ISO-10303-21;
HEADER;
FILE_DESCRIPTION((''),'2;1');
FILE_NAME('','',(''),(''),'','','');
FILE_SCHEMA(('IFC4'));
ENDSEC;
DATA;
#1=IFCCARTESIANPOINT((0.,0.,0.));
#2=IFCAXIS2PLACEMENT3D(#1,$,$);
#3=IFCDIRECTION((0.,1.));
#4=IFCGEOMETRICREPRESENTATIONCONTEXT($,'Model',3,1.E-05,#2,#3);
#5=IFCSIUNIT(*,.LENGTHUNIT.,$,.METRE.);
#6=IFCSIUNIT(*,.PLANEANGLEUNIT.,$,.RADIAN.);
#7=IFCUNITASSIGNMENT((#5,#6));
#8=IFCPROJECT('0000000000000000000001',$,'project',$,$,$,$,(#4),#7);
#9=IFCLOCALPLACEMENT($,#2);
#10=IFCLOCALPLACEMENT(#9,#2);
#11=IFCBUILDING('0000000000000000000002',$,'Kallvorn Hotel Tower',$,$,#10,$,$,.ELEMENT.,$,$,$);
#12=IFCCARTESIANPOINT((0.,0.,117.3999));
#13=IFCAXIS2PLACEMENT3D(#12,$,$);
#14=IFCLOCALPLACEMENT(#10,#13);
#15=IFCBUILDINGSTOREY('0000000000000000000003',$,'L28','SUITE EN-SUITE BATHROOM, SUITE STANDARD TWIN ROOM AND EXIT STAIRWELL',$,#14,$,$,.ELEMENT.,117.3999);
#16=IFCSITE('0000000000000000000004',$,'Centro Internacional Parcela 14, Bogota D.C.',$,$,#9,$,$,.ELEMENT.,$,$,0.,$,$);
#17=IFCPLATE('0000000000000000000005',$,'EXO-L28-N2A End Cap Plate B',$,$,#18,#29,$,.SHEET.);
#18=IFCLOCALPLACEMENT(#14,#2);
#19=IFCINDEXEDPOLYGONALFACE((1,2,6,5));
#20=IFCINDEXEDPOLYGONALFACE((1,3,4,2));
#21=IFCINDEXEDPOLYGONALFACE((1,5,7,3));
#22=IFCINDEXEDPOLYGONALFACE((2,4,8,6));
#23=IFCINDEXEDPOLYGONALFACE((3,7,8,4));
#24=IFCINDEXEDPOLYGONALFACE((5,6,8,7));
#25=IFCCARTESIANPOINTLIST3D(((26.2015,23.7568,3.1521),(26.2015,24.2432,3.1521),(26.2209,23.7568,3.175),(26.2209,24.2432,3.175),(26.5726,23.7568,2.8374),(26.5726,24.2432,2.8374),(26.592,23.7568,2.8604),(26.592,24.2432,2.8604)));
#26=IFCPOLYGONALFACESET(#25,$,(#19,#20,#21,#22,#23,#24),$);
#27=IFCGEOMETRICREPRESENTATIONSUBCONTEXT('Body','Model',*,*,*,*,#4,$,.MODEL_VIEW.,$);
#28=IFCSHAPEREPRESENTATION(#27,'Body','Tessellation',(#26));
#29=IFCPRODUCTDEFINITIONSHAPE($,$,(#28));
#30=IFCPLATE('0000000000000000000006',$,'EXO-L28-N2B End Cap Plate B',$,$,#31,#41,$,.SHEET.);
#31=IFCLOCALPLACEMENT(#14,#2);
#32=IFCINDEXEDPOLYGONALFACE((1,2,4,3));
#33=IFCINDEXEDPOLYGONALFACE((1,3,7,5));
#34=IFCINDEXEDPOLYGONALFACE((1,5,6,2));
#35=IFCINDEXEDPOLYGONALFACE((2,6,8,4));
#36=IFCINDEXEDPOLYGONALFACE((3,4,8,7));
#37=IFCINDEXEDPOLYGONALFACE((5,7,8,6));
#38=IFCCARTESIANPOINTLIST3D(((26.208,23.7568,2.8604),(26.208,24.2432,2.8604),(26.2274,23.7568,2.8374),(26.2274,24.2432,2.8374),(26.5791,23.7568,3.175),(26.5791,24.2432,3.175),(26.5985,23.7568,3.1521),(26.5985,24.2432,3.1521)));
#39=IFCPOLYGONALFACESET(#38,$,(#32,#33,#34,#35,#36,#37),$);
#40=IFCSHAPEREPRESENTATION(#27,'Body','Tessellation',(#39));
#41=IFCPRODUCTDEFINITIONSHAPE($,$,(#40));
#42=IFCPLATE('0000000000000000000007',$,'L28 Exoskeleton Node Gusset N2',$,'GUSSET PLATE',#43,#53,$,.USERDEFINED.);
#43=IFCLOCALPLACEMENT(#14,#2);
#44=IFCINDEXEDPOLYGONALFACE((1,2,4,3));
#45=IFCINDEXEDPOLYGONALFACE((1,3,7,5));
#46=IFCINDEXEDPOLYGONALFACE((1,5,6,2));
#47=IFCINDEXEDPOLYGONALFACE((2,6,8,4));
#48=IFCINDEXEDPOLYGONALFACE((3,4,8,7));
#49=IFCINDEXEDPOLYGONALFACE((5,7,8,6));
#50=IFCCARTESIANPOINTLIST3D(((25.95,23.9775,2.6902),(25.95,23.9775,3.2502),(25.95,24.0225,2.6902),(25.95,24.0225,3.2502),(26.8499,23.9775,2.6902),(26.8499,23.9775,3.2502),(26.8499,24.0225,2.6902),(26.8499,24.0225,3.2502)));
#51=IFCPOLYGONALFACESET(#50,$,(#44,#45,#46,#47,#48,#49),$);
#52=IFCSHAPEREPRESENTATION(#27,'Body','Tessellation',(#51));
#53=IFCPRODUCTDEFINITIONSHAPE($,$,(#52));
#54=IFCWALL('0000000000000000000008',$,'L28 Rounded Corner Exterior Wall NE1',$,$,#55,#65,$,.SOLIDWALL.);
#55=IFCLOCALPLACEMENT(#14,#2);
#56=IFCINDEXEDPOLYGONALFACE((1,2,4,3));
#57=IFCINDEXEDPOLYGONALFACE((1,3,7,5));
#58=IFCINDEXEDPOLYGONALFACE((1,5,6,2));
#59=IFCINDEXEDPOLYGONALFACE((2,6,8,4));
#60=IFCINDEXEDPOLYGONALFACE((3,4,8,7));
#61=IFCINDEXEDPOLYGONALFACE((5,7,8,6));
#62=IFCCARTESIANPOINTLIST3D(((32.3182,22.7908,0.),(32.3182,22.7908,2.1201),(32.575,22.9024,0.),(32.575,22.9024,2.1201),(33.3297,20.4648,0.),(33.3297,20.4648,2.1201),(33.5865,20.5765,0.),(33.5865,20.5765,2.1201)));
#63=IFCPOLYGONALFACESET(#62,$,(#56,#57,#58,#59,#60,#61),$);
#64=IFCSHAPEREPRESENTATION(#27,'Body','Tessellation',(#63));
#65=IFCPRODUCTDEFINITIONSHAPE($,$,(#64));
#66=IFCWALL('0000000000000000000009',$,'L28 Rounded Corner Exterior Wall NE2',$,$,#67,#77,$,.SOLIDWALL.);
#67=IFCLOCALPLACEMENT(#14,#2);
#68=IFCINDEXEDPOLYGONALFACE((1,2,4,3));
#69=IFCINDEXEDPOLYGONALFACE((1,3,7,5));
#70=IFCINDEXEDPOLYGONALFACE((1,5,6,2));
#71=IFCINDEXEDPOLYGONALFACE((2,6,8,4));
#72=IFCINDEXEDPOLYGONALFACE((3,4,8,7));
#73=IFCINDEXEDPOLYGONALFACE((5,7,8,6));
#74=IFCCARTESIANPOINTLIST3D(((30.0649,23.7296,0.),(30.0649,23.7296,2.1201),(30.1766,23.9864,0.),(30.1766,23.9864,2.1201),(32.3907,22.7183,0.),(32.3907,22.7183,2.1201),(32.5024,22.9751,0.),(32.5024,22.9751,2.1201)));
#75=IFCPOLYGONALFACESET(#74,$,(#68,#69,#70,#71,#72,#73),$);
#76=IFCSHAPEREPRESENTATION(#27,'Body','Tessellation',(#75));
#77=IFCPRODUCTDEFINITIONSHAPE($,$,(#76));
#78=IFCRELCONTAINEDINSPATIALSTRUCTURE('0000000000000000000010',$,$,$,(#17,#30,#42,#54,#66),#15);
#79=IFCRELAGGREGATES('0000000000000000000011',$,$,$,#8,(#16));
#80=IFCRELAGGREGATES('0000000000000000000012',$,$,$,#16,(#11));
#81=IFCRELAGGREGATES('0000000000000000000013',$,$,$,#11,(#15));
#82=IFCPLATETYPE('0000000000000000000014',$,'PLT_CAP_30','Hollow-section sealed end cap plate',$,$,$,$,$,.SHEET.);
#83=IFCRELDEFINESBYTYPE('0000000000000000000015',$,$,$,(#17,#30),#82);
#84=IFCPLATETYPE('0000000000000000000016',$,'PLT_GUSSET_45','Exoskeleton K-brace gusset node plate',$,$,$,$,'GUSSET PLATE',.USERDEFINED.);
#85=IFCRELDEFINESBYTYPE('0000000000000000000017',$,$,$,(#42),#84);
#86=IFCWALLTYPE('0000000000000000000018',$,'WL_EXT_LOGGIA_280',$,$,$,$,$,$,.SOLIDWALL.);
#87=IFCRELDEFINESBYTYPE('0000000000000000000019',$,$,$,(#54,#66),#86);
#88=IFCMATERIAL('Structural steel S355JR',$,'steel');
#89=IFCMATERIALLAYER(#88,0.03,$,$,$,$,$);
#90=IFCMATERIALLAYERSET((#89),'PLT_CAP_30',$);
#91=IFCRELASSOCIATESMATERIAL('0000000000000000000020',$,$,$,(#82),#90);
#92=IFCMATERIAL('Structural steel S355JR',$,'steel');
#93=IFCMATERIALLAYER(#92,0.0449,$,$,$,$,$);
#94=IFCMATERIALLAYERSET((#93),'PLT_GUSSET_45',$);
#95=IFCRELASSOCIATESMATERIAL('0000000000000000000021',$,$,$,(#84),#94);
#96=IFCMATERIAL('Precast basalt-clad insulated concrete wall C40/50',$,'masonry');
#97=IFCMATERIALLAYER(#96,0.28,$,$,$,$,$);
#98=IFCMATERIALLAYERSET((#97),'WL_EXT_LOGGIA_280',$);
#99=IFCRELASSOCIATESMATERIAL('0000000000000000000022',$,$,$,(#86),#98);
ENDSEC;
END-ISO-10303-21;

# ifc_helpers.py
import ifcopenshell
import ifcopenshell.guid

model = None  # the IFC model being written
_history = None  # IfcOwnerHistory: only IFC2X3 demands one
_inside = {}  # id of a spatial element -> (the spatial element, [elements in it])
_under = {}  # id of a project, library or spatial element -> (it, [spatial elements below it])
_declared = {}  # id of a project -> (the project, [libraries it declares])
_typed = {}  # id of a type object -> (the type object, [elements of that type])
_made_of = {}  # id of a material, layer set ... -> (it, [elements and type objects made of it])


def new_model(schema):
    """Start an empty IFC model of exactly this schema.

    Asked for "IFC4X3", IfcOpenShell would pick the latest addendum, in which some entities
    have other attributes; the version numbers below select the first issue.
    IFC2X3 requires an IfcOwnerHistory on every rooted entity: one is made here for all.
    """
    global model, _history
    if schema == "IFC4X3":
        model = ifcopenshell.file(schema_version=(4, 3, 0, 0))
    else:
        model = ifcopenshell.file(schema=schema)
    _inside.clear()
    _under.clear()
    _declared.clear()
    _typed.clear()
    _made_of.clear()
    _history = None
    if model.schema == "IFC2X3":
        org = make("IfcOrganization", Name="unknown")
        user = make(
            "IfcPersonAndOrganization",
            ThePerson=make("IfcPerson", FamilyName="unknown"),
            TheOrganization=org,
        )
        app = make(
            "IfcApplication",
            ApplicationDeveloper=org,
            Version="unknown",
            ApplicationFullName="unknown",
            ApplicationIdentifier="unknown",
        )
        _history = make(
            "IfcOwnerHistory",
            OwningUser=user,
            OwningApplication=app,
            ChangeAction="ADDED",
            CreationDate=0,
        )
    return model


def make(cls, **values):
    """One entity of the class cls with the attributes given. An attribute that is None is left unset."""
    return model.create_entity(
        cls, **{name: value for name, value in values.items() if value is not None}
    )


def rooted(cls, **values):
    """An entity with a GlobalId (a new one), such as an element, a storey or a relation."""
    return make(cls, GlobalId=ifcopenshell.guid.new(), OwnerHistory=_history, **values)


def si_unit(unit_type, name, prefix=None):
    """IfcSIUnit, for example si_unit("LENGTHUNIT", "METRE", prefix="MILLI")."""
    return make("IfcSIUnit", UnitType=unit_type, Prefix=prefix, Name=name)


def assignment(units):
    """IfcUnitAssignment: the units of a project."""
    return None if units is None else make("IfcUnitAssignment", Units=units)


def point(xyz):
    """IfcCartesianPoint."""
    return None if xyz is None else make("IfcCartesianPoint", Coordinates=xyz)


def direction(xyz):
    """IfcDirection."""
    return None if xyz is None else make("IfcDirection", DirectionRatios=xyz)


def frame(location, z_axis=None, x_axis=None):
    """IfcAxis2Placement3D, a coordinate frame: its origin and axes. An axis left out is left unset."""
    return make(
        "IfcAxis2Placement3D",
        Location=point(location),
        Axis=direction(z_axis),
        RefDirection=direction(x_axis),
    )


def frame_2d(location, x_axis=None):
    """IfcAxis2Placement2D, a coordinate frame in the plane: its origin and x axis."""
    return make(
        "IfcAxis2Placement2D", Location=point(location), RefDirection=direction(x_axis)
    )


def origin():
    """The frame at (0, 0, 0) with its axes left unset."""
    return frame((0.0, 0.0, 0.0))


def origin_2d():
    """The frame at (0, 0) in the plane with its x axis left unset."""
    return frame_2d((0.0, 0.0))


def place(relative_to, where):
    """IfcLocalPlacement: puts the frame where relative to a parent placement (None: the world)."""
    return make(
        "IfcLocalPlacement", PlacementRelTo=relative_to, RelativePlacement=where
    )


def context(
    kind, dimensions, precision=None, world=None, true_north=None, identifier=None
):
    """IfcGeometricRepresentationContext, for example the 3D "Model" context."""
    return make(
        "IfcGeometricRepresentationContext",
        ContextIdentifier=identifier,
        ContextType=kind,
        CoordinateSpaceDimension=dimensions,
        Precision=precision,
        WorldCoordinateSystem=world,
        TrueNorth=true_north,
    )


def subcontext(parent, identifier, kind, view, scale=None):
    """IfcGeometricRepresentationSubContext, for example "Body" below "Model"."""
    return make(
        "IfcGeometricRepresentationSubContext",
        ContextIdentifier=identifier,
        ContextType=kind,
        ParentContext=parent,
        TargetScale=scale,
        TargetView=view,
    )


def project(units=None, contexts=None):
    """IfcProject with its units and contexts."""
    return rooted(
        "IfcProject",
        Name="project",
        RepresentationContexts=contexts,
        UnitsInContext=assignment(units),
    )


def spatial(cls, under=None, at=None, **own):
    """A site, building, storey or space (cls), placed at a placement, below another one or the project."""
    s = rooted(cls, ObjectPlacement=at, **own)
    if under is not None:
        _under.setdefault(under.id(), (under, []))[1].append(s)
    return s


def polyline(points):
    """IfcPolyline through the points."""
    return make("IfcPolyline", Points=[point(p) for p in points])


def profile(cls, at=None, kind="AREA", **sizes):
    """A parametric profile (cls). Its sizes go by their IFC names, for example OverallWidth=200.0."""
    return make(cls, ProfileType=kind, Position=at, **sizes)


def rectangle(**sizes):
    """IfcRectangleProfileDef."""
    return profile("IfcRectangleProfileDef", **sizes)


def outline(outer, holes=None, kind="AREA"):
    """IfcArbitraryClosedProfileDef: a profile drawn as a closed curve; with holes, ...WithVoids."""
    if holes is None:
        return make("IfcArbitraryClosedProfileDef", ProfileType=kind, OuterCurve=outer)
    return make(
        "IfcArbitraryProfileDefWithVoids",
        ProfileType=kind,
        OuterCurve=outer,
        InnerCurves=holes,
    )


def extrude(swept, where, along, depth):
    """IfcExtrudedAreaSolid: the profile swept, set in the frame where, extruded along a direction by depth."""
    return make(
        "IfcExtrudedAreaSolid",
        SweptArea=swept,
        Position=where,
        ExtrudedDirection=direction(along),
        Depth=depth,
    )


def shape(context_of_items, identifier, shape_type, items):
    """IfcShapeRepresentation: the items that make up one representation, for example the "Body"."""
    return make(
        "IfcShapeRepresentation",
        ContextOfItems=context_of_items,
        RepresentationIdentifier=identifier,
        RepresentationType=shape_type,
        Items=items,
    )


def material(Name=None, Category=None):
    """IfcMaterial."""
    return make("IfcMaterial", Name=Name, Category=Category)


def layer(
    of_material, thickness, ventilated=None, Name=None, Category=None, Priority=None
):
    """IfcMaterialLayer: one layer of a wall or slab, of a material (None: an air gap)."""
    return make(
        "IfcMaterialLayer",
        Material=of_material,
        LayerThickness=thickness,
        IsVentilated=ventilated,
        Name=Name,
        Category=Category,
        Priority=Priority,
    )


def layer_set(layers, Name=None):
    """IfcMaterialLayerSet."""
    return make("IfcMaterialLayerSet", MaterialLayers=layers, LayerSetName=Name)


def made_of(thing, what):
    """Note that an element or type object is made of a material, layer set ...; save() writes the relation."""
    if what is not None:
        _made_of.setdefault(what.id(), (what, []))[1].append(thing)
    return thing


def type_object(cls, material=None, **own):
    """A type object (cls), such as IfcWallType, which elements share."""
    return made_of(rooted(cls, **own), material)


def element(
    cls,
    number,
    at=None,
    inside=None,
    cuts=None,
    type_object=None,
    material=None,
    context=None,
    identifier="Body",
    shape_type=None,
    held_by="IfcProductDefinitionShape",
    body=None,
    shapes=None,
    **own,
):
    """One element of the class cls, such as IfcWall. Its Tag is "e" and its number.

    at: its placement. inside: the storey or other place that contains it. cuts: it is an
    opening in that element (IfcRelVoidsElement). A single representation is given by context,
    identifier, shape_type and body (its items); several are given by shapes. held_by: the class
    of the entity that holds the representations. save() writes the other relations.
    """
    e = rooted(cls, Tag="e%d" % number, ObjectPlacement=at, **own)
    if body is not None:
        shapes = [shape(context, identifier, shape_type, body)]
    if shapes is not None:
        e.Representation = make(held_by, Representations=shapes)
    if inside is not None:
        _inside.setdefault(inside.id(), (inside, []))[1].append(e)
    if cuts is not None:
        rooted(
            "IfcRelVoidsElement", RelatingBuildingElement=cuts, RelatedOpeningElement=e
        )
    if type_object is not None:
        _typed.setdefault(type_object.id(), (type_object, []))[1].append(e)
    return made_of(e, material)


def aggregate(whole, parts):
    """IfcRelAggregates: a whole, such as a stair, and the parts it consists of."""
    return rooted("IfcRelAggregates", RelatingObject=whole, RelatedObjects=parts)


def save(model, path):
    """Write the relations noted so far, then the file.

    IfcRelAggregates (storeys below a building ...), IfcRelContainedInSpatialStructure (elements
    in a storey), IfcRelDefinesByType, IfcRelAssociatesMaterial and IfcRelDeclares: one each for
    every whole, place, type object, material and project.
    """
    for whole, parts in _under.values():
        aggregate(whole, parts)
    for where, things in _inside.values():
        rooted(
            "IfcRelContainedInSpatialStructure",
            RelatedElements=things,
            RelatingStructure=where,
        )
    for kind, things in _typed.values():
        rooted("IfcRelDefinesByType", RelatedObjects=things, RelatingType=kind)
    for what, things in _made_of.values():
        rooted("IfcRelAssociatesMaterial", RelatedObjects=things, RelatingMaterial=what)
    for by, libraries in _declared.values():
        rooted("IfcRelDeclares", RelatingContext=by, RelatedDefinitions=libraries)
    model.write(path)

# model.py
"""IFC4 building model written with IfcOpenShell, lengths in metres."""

from ifc_helpers import new_model, si_unit, direction, frame, frame_2d, origin, origin_2d, place, context, subcontext, project, spatial, polyline, rectangle, outline, extrude, material, layer, layer_set, type_object, element, save


model = new_model("IFC4")

# Units and contexts
model_context = context("Model", 3, precision=1e-05, world=origin(), true_north=direction((0.0, 1.0)))
body_context = subcontext(model_context, "Body", "Model", "MODEL_VIEW")
ifc_project = project(units=[si_unit("LENGTHUNIT", "METRE"), si_unit("PLANEANGLEUNIT", "RADIAN")], contexts=[model_context])

# Site, building, storey
site_placement = place(None, origin())
site = spatial("IfcSite", under=ifc_project, at=site_placement, Name="Centro Internacional Parcela 14, Bogota D.C.", CompositionType="ELEMENT", RefElevation=0.0)
building_placement = place(site_placement, origin())
building = spatial("IfcBuilding", under=site, at=building_placement, Name="Kallvorn Hotel Tower", CompositionType="ELEMENT")
storey_placement = place(building_placement, frame((0.0, 0.0, 117.3999)))
storey = spatial("IfcBuildingStorey", under=building, at=storey_placement, Name="L28", Description="SUITE EN-SUITE BATHROOM, SUITE STANDARD TWIN ROOM AND EXIT STAIRWELL", CompositionType="ELEMENT", Elevation=117.3999)

# Plates
ifc_material_1 = material(Name="Structural steel S355JR", Category="steel")
ifc_layer_1 = layer(ifc_material_1, 0.03)
ifc_layer_set_1 = layer_set([ifc_layer_1], Name="PLT_CAP_30")
plate_type_1 = type_object("IfcPlateType", Name="PLT_CAP_30", Description="Hollow-section sealed end cap plate", PredefinedType="SHEET", material=ifc_layer_set_1)
for number, where, z_axis, x_axis, name in (
    (1, (26.592, 23.7568, 2.8604), (0.646774, 0.0, 0.762682), (0.0, 1.0, 0.0), "EXO-L28-N2A End Cap Plate B"),
    (2, (26.208, 24.2432, 2.8604), (-0.646774, 0.0, 0.762682), (0.0, -1.0, 0.0), "EXO-L28-N2B End Cap Plate B"),
):
    element("IfcPlate", number, at=place(storey_placement, frame(where, z_axis=z_axis, x_axis=x_axis)), inside=storey, type_object=plate_type_1, Name=name, PredefinedType="SHEET", context=body_context, shape_type="SweptSolid", body=[
        extrude(outline(polyline([(0.0, 0.0), (0.4863, 0.0), (0.4863, 0.4866), (0.0, 0.4866), (0.0, 0.0)])), origin(), (0.0, 0.0, -1.0), 0.03),
    ])
ifc_material_2 = material(Name="Structural steel S355JR", Category="steel")
ifc_layer_2 = layer(ifc_material_2, 0.0449)
ifc_layer_set_2 = layer_set([ifc_layer_2], Name="PLT_GUSSET_45")
plate_type_2 = type_object("IfcPlateType", Name="PLT_GUSSET_45", Description="Exoskeleton K-brace gusset node plate", ElementType="GUSSET PLATE", PredefinedType="USERDEFINED", material=ifc_layer_set_2)
plate_1_placement = place(storey_placement, frame((26.3999, 24.0, 2.6902), z_axis=(0.0, 0.0, 1.0), x_axis=(1.0, 0.0, 0.0)))
element("IfcPlate", 3, at=plate_1_placement, inside=storey, type_object=plate_type_2, Name="L28 Exoskeleton Node Gusset N2", ObjectType="GUSSET PLATE", PredefinedType="USERDEFINED", context=body_context, shape_type="SweptSolid", body=[
    extrude(rectangle(XDim=0.8999, YDim=0.0449, at=origin_2d()), origin(), (0.0, 0.0, 1.0), 0.5601),
])

# Walls
ifc_material_3 = material(Name="Precast basalt-clad insulated concrete wall C40/50", Category="masonry")
ifc_layer_3 = layer(ifc_material_3, 0.28)
ifc_layer_set_3 = layer_set([ifc_layer_3], Name="WL_EXT_LOGGIA_280")
wall_type = type_object("IfcWallType", Name="WL_EXT_LOGGIA_280", PredefinedType="SOLIDWALL", material=ifc_layer_set_3)
wall_1_placement = place(storey_placement, frame((33.458, 20.5208, 0.0), z_axis=(0.0, 0.0, 1.0), x_axis=(-0.398793, 0.917041, 0.0)))
element("IfcWall", 4, at=wall_1_placement, inside=storey, type_object=wall_type, Name="L28 Rounded Corner Exterior Wall NE1", PredefinedType="SOLIDWALL", context=body_context, shape_type="SweptSolid", body=[
    extrude(rectangle(XDim=2.5364, YDim=0.28, at=frame_2d((1.2681, 0.0))), origin(), (0.0, 0.0, 1.0), 2.1201),
])
wall_2_placement = place(storey_placement, frame((32.4465, 22.8467, 0.0), z_axis=(0.0, 0.0, 1.0), x_axis=(-0.917061, 0.398747, 0.0)))
element("IfcWall", 5, at=wall_2_placement, inside=storey, type_object=wall_type, Name="L28 Rounded Corner Exterior Wall NE2", PredefinedType="SOLIDWALL", context=body_context, shape_type="SweptSolid", body=[
    extrude(rectangle(XDim=2.5361, YDim=0.28, at=frame_2d((1.2681, 0.0))), origin(), (0.0, 0.0, 1.0), 2.1201),
])

save(model, "model.ifc")
